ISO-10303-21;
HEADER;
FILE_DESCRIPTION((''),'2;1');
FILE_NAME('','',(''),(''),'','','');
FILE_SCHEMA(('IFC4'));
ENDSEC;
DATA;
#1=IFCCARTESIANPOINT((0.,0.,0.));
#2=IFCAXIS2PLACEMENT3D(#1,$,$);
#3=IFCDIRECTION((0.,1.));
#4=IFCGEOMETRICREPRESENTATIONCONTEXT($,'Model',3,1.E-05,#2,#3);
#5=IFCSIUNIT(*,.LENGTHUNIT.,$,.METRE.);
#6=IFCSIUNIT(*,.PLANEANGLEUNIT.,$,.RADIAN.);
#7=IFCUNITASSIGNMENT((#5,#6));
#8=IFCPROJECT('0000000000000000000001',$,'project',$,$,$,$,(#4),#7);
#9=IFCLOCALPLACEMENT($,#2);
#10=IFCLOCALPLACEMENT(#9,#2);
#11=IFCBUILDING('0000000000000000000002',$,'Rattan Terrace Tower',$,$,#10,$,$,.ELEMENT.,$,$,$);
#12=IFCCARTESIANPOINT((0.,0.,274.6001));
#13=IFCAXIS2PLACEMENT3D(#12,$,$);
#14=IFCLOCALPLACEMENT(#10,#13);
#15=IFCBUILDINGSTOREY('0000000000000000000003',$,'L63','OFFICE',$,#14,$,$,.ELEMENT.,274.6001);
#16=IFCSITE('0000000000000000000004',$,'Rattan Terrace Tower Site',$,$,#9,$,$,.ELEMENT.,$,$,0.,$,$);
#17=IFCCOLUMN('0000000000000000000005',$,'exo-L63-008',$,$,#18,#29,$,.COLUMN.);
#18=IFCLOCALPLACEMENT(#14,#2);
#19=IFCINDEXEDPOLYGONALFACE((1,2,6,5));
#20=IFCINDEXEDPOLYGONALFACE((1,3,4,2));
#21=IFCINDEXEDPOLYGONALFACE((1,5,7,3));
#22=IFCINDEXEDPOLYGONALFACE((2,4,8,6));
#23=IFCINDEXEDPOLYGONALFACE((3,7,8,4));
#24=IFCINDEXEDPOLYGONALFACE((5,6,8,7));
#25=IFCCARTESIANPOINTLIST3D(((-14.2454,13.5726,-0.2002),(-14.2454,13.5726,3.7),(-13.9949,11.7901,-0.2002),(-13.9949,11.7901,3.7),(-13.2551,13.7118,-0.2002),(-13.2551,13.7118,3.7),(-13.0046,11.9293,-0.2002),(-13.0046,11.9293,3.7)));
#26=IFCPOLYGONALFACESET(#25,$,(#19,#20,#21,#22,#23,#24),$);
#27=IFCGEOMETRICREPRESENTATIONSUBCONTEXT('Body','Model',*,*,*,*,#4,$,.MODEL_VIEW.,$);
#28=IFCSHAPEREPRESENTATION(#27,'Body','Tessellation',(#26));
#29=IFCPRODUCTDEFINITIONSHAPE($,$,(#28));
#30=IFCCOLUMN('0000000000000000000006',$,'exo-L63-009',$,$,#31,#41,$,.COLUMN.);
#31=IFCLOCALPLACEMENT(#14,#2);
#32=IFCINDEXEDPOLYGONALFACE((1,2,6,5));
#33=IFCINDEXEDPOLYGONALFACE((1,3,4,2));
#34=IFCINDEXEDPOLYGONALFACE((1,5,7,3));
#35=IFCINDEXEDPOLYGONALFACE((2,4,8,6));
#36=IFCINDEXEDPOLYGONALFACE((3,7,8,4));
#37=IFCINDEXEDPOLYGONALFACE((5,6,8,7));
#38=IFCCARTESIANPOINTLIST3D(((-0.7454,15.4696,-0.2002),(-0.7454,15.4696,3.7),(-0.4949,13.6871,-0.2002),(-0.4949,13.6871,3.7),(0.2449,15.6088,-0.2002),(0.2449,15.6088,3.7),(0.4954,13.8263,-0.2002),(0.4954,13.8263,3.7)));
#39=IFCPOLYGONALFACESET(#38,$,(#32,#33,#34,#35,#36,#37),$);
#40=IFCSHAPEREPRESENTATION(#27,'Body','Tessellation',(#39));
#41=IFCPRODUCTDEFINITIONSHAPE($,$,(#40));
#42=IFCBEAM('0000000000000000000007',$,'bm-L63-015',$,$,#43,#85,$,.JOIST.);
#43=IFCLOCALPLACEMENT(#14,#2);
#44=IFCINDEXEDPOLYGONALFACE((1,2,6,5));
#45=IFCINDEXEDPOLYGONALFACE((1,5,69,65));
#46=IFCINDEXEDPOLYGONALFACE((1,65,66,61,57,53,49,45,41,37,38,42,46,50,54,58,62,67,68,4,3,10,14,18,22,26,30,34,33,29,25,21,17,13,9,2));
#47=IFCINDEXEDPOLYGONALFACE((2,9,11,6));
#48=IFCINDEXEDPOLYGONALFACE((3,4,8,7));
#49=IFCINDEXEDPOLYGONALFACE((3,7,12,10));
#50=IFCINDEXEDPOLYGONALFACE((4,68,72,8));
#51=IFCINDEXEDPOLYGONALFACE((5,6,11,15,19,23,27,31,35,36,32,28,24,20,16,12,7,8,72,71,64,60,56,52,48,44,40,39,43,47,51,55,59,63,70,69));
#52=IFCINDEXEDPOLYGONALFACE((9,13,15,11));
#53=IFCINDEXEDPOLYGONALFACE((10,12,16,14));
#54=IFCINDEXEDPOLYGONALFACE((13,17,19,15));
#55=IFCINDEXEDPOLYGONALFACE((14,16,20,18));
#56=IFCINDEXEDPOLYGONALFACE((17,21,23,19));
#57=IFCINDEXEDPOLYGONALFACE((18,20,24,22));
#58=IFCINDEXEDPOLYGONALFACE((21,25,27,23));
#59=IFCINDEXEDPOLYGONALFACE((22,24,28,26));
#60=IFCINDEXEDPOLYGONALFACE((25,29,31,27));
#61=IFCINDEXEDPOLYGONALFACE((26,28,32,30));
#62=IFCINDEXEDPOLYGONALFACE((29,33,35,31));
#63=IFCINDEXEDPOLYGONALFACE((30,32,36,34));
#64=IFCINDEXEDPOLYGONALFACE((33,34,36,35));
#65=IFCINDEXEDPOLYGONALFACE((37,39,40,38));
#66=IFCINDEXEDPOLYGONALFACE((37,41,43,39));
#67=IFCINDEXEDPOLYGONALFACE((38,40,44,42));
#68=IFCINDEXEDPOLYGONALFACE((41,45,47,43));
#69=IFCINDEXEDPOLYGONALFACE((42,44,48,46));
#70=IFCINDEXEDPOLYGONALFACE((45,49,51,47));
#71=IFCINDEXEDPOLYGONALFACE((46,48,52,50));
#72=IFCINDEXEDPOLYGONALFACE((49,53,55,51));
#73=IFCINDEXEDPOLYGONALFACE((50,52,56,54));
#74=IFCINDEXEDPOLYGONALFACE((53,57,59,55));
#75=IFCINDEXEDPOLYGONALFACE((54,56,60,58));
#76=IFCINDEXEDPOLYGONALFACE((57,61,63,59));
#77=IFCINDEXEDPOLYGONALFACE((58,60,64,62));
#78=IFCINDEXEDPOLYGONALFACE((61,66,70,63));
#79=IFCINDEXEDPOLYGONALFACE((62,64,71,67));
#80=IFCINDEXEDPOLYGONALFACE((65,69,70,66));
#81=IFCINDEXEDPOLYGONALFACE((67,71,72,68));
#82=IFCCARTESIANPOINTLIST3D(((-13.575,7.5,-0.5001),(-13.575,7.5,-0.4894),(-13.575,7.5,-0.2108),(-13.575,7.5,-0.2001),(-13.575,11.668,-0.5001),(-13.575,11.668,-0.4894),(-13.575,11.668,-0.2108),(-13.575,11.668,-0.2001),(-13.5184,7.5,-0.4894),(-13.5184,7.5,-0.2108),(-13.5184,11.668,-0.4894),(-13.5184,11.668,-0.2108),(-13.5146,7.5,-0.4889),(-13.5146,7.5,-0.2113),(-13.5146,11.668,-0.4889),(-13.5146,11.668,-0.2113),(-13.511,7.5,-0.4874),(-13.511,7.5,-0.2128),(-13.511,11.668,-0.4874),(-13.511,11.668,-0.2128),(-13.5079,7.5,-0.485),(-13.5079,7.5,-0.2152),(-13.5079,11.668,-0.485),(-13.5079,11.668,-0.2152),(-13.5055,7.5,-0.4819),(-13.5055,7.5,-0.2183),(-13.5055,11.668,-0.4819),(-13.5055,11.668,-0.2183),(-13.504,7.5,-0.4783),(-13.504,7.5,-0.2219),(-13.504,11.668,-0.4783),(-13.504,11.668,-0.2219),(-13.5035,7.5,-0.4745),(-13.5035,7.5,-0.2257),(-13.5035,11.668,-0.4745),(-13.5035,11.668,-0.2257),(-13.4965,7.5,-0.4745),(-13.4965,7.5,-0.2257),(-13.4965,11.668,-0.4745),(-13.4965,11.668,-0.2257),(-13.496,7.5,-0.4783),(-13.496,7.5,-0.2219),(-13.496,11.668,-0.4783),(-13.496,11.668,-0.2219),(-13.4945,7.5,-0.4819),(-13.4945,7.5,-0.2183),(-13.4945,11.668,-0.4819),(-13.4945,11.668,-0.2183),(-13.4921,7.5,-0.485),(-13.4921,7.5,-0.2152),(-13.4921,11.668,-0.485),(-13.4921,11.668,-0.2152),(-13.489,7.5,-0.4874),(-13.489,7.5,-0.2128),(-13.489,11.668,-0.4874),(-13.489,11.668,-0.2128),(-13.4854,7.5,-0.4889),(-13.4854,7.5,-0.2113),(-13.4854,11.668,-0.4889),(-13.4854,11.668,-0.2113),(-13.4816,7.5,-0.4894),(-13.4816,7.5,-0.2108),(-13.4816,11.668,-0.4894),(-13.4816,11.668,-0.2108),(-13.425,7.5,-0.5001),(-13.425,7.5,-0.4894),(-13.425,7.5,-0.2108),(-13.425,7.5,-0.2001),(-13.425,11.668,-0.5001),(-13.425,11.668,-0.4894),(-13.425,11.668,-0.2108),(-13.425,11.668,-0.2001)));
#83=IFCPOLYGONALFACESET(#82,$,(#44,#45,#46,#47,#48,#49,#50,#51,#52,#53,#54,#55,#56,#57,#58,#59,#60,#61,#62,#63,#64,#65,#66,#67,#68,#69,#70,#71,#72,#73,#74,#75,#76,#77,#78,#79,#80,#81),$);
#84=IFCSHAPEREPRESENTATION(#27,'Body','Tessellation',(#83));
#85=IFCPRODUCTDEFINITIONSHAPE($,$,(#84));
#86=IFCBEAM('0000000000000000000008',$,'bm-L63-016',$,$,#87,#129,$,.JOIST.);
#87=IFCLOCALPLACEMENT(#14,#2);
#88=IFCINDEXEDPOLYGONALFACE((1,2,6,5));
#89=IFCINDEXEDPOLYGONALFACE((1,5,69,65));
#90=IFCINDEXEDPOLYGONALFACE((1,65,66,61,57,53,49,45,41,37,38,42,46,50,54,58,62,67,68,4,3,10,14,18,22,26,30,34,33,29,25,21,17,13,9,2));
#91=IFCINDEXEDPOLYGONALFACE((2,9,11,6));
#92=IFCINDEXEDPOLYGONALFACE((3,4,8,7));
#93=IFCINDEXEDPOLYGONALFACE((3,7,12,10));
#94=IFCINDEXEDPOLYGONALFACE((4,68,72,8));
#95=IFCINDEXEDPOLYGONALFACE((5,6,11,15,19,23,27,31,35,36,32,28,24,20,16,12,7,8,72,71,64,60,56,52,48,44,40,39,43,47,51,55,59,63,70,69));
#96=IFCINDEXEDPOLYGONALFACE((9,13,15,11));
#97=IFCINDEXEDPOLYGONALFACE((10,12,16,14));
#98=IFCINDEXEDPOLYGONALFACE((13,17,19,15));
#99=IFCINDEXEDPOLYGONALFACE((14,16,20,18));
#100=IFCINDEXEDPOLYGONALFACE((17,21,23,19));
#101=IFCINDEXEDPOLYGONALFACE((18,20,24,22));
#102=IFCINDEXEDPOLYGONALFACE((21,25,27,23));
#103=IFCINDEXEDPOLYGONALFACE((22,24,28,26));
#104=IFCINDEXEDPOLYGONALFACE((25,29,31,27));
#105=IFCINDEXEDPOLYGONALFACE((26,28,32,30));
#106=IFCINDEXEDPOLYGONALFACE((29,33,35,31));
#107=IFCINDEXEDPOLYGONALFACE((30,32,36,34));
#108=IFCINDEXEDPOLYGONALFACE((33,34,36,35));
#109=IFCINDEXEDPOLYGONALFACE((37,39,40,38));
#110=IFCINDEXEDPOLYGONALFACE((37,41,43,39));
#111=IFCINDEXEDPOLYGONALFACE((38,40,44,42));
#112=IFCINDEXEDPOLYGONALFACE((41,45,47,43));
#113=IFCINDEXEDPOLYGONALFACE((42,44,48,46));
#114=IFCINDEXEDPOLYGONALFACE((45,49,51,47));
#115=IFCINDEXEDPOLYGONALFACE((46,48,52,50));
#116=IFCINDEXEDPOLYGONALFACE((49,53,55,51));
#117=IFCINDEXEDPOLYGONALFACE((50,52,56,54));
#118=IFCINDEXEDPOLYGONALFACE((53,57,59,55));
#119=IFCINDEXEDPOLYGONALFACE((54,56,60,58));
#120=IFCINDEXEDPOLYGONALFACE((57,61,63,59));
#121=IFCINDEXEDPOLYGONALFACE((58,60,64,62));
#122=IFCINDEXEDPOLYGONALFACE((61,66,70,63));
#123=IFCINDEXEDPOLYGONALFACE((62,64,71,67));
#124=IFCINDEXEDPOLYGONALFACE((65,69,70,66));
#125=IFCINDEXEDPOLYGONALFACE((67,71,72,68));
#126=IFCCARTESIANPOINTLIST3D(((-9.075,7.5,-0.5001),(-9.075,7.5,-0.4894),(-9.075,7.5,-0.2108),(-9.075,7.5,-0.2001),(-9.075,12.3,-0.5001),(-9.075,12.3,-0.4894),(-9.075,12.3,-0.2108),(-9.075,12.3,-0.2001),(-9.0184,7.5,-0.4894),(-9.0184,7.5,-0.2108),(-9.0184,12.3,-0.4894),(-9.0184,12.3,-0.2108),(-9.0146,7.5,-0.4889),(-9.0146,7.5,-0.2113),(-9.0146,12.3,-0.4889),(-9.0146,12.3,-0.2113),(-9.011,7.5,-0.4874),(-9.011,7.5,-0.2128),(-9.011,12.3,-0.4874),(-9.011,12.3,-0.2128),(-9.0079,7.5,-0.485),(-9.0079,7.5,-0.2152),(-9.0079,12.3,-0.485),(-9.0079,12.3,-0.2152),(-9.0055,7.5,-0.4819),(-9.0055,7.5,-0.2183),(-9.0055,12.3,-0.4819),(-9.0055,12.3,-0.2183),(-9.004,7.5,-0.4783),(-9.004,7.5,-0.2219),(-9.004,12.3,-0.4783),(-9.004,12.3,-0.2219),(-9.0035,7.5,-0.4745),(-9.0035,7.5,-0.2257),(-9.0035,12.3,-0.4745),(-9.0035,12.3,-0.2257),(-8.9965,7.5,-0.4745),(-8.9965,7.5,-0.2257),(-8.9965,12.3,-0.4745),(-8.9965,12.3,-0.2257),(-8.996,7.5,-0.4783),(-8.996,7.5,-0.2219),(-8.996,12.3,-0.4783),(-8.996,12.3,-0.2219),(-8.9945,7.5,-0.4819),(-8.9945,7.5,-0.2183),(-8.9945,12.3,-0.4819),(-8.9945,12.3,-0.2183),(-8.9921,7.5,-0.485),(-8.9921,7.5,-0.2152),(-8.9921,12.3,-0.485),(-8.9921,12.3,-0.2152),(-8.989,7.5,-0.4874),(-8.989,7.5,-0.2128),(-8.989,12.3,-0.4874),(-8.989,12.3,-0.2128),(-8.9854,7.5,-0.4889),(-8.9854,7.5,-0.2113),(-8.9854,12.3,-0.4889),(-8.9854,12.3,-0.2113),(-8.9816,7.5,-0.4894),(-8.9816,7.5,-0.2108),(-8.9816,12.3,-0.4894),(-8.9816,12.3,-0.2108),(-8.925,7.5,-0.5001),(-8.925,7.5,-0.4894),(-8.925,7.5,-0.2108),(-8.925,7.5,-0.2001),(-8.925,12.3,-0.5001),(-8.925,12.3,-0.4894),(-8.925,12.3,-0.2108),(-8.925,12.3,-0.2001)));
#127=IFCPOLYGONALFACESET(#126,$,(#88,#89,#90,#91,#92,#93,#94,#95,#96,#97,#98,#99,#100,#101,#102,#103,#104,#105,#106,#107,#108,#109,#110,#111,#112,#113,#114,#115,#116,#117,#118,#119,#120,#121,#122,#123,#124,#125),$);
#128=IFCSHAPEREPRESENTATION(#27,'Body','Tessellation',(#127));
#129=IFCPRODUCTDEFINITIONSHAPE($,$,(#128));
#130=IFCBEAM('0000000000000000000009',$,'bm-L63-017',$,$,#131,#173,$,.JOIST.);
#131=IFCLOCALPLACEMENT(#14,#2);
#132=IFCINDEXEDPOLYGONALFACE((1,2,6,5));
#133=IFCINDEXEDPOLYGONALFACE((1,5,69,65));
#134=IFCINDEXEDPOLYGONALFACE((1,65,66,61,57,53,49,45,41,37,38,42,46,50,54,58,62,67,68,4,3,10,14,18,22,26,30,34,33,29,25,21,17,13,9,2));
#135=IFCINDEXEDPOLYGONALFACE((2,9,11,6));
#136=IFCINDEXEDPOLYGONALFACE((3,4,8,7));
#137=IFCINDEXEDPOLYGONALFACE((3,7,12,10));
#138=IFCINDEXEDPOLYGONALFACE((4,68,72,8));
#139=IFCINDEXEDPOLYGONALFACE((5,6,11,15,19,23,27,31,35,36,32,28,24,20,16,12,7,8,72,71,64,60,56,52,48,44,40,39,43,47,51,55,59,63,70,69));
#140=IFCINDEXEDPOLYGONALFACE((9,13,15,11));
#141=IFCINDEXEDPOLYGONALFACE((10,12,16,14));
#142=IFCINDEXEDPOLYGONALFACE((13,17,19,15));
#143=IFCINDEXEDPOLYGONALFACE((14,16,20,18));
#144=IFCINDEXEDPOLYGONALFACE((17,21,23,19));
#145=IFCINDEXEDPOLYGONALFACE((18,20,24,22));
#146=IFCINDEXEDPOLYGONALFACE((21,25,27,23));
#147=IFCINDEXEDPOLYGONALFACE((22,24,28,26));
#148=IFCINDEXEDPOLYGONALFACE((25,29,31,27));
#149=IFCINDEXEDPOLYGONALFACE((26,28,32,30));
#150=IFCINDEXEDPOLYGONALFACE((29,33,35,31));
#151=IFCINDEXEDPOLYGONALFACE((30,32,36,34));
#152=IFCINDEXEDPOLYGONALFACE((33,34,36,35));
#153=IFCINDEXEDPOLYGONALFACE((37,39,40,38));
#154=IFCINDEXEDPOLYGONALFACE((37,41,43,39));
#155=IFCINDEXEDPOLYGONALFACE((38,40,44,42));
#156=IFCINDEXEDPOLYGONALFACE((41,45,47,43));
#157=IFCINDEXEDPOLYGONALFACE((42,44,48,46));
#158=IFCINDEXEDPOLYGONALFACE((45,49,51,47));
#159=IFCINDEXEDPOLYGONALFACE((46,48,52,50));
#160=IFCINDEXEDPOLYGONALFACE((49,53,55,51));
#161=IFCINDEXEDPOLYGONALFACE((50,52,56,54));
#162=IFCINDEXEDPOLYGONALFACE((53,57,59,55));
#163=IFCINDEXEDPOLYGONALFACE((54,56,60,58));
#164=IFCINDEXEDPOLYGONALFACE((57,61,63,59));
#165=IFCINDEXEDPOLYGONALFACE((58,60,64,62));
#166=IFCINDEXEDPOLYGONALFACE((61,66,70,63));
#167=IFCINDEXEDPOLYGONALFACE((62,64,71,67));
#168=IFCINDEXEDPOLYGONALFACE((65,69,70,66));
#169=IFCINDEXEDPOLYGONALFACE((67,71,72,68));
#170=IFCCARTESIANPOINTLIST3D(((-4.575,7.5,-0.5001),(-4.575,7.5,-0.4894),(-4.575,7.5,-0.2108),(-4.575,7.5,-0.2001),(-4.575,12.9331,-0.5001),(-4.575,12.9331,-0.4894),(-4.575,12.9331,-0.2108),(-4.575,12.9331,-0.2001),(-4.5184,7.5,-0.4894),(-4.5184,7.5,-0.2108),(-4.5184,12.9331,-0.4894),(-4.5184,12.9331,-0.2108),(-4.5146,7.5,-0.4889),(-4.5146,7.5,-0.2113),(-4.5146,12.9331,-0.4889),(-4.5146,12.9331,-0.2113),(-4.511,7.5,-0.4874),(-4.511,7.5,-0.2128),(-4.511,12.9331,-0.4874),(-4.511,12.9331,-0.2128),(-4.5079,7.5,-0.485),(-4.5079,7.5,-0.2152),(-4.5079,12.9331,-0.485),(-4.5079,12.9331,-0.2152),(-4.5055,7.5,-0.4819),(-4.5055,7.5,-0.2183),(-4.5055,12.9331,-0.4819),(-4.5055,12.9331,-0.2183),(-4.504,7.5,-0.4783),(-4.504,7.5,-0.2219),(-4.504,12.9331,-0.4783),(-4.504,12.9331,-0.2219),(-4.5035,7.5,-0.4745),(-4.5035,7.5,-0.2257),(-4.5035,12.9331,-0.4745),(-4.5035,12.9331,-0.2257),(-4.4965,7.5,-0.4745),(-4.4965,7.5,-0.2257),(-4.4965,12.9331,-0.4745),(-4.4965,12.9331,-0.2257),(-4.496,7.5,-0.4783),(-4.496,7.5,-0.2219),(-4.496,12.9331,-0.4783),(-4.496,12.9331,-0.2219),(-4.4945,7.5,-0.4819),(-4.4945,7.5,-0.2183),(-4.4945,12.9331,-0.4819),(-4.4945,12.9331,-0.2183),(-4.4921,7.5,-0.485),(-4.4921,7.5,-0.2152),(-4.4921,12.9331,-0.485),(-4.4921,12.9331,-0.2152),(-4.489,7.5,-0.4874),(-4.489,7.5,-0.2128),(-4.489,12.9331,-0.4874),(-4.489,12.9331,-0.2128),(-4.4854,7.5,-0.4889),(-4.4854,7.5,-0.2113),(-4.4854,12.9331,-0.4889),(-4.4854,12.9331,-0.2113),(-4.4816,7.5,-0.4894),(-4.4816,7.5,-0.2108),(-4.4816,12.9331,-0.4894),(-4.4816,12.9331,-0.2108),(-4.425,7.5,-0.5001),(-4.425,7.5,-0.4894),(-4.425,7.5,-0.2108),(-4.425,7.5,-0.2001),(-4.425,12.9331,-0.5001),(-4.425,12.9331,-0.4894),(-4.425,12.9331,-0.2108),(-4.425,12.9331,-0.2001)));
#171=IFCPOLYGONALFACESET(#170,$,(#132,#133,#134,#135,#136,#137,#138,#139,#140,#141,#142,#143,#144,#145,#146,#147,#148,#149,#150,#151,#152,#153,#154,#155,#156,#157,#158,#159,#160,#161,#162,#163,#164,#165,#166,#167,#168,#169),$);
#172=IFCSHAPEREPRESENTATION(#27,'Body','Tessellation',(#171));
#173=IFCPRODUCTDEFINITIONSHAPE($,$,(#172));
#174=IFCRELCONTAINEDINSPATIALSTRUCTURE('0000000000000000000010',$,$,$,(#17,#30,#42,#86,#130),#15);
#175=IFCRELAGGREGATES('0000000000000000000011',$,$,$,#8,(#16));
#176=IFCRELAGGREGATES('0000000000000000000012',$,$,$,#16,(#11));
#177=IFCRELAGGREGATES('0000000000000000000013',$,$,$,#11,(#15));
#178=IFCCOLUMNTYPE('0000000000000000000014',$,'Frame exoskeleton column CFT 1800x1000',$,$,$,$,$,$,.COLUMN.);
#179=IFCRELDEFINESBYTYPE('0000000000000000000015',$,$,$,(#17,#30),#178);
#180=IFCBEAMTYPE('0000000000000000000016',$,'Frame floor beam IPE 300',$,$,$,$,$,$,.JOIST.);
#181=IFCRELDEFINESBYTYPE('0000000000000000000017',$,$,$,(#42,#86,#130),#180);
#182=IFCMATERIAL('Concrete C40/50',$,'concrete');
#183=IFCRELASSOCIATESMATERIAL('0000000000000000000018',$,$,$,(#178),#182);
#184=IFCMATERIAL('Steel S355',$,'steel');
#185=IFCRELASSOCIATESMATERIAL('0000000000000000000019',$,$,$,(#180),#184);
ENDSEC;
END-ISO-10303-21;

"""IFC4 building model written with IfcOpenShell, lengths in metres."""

from ifc_helpers import new_model, si_unit, direction, frame, origin, origin_2d, place, context, subcontext, project, spatial, rectangle, i_section, extrude, material, material_profile, profile_set, type_object, element, save


model = new_model("IFC4")

# Units and contexts
model_context = context("Model", 3, precision=1e-05, world=origin(), true_north=direction((0.0, 1.0)))
body_context = subcontext(model_context, "Body", "Model", "MODEL_VIEW")
ifc_project = project(units=[si_unit("LENGTHUNIT", "METRE"), si_unit("PLANEANGLEUNIT", "RADIAN")], contexts=[model_context])

# Site, building, storey
site_placement = place(None, origin())
site = spatial("IfcSite", under=ifc_project, at=site_placement, Name="Rattan Terrace Tower Site", CompositionType="ELEMENT", RefElevation=0.0)
building_placement = place(site_placement, origin())
building = spatial("IfcBuilding", under=site, at=building_placement, Name="Rattan Terrace Tower", CompositionType="ELEMENT")
storey_placement = place(building_placement, frame((0.0, 0.0, 274.6001)))
storey = spatial("IfcBuildingStorey", under=building, at=storey_placement, Name="L63", Description="OFFICE", CompositionType="ELEMENT", Elevation=274.6001)

# Columns
ifc_material_1 = material(Name="Concrete C40/50", Category="concrete")
ifc_material_profile_1 = material_profile(ifc_material_1, rectangle(XDim=1.0, YDim=1.8, at=origin_2d()), Name="CFT 1800x1000")
ifc_profile_set_1 = profile_set([ifc_material_profile_1], Name="Concrete C40/50")
column_type = type_object("IfcColumnType", Name="Frame exoskeleton column CFT 1800x1000", PredefinedType="COLUMN", material=ifc_profile_set_1)
for number, where, z_axis, x_axis, name in (
    (1, (-13.625, 12.751, -0.2002), (0.0, 0.0, 1.0), (0.990266, 0.13919, 0.0), "exo-L63-008"),
    (2, (-0.125, 14.6479, -0.2002), (0.0, 0.0, 1.0), (0.990266, 0.13919, 0.0), "exo-L63-009"),
):
    element("IfcColumn", number, at=place(storey_placement, frame(where, z_axis=z_axis, x_axis=x_axis)), inside=storey, type_object=column_type, Name=name, PredefinedType="COLUMN", context=body_context, shape_type="SweptSolid", body=[
        extrude(rectangle(XDim=1.0, YDim=1.8, at=origin_2d()), origin(), (0.0, 0.0, 1.0), 3.9001),
    ])

# Beams
ifc_material_2 = material(Name="Steel S355", Category="steel")
ifc_material_profile_2 = material_profile(ifc_material_2, i_section(OverallWidth=0.1499, OverallDepth=0.3, WebThickness=0.0071, FlangeThickness=0.0107, FilletRadius=0.0149, at=origin_2d()), Name="IPE 300")
ifc_profile_set_2 = profile_set([ifc_material_profile_2], Name="Steel S355")
beam_type_1 = type_object("IfcBeamType", Name="Frame floor beam IPE 300", PredefinedType="JOIST", material=ifc_profile_set_2)
beam_1_placement = place(storey_placement, frame((-13.5, 7.5, -0.3501), z_axis=(0.0, 1.0, 0.0), x_axis=(-1.0, 0.0, 0.0)))
element("IfcBeam", 3, at=beam_1_placement, inside=storey, type_object=beam_type_1, Name="bm-L63-015", PredefinedType="JOIST", context=body_context, shape_type="SweptSolid", body=[
    extrude(i_section(OverallWidth=0.1499, OverallDepth=0.3, WebThickness=0.0071, FlangeThickness=0.0107, FilletRadius=0.0149, at=origin_2d()), origin(), (0.0, 0.0, 1.0), 4.168),
])
beam_2_placement = place(storey_placement, frame((-9.0, 7.5, -0.3501), z_axis=(0.0, 1.0, 0.0), x_axis=(-1.0, 0.0, 0.0)))
element("IfcBeam", 4, at=beam_2_placement, inside=storey, type_object=beam_type_1, Name="bm-L63-016", PredefinedType="JOIST", context=body_context, shape_type="SweptSolid", body=[
    extrude(i_section(OverallWidth=0.1499, OverallDepth=0.3, WebThickness=0.0071, FlangeThickness=0.0107, FilletRadius=0.0149, at=origin_2d()), origin(), (0.0, 0.0, 1.0), 4.8),
])
beam_3_placement = place(storey_placement, frame((-4.5, 7.5, -0.3501), z_axis=(0.0, 1.0, 0.0), x_axis=(-1.0, 0.0, 0.0)))
element("IfcBeam", 5, at=beam_3_placement, inside=storey, type_object=beam_type_1, Name="bm-L63-017", PredefinedType="JOIST", context=body_context, shape_type="SweptSolid", body=[
    extrude(i_section(OverallWidth=0.1499, OverallDepth=0.3, WebThickness=0.0071, FlangeThickness=0.0107, FilletRadius=0.0149, at=origin_2d()), origin(), (0.0, 0.0, 1.0), 5.4331),
])

save(model, "model.ifc")
